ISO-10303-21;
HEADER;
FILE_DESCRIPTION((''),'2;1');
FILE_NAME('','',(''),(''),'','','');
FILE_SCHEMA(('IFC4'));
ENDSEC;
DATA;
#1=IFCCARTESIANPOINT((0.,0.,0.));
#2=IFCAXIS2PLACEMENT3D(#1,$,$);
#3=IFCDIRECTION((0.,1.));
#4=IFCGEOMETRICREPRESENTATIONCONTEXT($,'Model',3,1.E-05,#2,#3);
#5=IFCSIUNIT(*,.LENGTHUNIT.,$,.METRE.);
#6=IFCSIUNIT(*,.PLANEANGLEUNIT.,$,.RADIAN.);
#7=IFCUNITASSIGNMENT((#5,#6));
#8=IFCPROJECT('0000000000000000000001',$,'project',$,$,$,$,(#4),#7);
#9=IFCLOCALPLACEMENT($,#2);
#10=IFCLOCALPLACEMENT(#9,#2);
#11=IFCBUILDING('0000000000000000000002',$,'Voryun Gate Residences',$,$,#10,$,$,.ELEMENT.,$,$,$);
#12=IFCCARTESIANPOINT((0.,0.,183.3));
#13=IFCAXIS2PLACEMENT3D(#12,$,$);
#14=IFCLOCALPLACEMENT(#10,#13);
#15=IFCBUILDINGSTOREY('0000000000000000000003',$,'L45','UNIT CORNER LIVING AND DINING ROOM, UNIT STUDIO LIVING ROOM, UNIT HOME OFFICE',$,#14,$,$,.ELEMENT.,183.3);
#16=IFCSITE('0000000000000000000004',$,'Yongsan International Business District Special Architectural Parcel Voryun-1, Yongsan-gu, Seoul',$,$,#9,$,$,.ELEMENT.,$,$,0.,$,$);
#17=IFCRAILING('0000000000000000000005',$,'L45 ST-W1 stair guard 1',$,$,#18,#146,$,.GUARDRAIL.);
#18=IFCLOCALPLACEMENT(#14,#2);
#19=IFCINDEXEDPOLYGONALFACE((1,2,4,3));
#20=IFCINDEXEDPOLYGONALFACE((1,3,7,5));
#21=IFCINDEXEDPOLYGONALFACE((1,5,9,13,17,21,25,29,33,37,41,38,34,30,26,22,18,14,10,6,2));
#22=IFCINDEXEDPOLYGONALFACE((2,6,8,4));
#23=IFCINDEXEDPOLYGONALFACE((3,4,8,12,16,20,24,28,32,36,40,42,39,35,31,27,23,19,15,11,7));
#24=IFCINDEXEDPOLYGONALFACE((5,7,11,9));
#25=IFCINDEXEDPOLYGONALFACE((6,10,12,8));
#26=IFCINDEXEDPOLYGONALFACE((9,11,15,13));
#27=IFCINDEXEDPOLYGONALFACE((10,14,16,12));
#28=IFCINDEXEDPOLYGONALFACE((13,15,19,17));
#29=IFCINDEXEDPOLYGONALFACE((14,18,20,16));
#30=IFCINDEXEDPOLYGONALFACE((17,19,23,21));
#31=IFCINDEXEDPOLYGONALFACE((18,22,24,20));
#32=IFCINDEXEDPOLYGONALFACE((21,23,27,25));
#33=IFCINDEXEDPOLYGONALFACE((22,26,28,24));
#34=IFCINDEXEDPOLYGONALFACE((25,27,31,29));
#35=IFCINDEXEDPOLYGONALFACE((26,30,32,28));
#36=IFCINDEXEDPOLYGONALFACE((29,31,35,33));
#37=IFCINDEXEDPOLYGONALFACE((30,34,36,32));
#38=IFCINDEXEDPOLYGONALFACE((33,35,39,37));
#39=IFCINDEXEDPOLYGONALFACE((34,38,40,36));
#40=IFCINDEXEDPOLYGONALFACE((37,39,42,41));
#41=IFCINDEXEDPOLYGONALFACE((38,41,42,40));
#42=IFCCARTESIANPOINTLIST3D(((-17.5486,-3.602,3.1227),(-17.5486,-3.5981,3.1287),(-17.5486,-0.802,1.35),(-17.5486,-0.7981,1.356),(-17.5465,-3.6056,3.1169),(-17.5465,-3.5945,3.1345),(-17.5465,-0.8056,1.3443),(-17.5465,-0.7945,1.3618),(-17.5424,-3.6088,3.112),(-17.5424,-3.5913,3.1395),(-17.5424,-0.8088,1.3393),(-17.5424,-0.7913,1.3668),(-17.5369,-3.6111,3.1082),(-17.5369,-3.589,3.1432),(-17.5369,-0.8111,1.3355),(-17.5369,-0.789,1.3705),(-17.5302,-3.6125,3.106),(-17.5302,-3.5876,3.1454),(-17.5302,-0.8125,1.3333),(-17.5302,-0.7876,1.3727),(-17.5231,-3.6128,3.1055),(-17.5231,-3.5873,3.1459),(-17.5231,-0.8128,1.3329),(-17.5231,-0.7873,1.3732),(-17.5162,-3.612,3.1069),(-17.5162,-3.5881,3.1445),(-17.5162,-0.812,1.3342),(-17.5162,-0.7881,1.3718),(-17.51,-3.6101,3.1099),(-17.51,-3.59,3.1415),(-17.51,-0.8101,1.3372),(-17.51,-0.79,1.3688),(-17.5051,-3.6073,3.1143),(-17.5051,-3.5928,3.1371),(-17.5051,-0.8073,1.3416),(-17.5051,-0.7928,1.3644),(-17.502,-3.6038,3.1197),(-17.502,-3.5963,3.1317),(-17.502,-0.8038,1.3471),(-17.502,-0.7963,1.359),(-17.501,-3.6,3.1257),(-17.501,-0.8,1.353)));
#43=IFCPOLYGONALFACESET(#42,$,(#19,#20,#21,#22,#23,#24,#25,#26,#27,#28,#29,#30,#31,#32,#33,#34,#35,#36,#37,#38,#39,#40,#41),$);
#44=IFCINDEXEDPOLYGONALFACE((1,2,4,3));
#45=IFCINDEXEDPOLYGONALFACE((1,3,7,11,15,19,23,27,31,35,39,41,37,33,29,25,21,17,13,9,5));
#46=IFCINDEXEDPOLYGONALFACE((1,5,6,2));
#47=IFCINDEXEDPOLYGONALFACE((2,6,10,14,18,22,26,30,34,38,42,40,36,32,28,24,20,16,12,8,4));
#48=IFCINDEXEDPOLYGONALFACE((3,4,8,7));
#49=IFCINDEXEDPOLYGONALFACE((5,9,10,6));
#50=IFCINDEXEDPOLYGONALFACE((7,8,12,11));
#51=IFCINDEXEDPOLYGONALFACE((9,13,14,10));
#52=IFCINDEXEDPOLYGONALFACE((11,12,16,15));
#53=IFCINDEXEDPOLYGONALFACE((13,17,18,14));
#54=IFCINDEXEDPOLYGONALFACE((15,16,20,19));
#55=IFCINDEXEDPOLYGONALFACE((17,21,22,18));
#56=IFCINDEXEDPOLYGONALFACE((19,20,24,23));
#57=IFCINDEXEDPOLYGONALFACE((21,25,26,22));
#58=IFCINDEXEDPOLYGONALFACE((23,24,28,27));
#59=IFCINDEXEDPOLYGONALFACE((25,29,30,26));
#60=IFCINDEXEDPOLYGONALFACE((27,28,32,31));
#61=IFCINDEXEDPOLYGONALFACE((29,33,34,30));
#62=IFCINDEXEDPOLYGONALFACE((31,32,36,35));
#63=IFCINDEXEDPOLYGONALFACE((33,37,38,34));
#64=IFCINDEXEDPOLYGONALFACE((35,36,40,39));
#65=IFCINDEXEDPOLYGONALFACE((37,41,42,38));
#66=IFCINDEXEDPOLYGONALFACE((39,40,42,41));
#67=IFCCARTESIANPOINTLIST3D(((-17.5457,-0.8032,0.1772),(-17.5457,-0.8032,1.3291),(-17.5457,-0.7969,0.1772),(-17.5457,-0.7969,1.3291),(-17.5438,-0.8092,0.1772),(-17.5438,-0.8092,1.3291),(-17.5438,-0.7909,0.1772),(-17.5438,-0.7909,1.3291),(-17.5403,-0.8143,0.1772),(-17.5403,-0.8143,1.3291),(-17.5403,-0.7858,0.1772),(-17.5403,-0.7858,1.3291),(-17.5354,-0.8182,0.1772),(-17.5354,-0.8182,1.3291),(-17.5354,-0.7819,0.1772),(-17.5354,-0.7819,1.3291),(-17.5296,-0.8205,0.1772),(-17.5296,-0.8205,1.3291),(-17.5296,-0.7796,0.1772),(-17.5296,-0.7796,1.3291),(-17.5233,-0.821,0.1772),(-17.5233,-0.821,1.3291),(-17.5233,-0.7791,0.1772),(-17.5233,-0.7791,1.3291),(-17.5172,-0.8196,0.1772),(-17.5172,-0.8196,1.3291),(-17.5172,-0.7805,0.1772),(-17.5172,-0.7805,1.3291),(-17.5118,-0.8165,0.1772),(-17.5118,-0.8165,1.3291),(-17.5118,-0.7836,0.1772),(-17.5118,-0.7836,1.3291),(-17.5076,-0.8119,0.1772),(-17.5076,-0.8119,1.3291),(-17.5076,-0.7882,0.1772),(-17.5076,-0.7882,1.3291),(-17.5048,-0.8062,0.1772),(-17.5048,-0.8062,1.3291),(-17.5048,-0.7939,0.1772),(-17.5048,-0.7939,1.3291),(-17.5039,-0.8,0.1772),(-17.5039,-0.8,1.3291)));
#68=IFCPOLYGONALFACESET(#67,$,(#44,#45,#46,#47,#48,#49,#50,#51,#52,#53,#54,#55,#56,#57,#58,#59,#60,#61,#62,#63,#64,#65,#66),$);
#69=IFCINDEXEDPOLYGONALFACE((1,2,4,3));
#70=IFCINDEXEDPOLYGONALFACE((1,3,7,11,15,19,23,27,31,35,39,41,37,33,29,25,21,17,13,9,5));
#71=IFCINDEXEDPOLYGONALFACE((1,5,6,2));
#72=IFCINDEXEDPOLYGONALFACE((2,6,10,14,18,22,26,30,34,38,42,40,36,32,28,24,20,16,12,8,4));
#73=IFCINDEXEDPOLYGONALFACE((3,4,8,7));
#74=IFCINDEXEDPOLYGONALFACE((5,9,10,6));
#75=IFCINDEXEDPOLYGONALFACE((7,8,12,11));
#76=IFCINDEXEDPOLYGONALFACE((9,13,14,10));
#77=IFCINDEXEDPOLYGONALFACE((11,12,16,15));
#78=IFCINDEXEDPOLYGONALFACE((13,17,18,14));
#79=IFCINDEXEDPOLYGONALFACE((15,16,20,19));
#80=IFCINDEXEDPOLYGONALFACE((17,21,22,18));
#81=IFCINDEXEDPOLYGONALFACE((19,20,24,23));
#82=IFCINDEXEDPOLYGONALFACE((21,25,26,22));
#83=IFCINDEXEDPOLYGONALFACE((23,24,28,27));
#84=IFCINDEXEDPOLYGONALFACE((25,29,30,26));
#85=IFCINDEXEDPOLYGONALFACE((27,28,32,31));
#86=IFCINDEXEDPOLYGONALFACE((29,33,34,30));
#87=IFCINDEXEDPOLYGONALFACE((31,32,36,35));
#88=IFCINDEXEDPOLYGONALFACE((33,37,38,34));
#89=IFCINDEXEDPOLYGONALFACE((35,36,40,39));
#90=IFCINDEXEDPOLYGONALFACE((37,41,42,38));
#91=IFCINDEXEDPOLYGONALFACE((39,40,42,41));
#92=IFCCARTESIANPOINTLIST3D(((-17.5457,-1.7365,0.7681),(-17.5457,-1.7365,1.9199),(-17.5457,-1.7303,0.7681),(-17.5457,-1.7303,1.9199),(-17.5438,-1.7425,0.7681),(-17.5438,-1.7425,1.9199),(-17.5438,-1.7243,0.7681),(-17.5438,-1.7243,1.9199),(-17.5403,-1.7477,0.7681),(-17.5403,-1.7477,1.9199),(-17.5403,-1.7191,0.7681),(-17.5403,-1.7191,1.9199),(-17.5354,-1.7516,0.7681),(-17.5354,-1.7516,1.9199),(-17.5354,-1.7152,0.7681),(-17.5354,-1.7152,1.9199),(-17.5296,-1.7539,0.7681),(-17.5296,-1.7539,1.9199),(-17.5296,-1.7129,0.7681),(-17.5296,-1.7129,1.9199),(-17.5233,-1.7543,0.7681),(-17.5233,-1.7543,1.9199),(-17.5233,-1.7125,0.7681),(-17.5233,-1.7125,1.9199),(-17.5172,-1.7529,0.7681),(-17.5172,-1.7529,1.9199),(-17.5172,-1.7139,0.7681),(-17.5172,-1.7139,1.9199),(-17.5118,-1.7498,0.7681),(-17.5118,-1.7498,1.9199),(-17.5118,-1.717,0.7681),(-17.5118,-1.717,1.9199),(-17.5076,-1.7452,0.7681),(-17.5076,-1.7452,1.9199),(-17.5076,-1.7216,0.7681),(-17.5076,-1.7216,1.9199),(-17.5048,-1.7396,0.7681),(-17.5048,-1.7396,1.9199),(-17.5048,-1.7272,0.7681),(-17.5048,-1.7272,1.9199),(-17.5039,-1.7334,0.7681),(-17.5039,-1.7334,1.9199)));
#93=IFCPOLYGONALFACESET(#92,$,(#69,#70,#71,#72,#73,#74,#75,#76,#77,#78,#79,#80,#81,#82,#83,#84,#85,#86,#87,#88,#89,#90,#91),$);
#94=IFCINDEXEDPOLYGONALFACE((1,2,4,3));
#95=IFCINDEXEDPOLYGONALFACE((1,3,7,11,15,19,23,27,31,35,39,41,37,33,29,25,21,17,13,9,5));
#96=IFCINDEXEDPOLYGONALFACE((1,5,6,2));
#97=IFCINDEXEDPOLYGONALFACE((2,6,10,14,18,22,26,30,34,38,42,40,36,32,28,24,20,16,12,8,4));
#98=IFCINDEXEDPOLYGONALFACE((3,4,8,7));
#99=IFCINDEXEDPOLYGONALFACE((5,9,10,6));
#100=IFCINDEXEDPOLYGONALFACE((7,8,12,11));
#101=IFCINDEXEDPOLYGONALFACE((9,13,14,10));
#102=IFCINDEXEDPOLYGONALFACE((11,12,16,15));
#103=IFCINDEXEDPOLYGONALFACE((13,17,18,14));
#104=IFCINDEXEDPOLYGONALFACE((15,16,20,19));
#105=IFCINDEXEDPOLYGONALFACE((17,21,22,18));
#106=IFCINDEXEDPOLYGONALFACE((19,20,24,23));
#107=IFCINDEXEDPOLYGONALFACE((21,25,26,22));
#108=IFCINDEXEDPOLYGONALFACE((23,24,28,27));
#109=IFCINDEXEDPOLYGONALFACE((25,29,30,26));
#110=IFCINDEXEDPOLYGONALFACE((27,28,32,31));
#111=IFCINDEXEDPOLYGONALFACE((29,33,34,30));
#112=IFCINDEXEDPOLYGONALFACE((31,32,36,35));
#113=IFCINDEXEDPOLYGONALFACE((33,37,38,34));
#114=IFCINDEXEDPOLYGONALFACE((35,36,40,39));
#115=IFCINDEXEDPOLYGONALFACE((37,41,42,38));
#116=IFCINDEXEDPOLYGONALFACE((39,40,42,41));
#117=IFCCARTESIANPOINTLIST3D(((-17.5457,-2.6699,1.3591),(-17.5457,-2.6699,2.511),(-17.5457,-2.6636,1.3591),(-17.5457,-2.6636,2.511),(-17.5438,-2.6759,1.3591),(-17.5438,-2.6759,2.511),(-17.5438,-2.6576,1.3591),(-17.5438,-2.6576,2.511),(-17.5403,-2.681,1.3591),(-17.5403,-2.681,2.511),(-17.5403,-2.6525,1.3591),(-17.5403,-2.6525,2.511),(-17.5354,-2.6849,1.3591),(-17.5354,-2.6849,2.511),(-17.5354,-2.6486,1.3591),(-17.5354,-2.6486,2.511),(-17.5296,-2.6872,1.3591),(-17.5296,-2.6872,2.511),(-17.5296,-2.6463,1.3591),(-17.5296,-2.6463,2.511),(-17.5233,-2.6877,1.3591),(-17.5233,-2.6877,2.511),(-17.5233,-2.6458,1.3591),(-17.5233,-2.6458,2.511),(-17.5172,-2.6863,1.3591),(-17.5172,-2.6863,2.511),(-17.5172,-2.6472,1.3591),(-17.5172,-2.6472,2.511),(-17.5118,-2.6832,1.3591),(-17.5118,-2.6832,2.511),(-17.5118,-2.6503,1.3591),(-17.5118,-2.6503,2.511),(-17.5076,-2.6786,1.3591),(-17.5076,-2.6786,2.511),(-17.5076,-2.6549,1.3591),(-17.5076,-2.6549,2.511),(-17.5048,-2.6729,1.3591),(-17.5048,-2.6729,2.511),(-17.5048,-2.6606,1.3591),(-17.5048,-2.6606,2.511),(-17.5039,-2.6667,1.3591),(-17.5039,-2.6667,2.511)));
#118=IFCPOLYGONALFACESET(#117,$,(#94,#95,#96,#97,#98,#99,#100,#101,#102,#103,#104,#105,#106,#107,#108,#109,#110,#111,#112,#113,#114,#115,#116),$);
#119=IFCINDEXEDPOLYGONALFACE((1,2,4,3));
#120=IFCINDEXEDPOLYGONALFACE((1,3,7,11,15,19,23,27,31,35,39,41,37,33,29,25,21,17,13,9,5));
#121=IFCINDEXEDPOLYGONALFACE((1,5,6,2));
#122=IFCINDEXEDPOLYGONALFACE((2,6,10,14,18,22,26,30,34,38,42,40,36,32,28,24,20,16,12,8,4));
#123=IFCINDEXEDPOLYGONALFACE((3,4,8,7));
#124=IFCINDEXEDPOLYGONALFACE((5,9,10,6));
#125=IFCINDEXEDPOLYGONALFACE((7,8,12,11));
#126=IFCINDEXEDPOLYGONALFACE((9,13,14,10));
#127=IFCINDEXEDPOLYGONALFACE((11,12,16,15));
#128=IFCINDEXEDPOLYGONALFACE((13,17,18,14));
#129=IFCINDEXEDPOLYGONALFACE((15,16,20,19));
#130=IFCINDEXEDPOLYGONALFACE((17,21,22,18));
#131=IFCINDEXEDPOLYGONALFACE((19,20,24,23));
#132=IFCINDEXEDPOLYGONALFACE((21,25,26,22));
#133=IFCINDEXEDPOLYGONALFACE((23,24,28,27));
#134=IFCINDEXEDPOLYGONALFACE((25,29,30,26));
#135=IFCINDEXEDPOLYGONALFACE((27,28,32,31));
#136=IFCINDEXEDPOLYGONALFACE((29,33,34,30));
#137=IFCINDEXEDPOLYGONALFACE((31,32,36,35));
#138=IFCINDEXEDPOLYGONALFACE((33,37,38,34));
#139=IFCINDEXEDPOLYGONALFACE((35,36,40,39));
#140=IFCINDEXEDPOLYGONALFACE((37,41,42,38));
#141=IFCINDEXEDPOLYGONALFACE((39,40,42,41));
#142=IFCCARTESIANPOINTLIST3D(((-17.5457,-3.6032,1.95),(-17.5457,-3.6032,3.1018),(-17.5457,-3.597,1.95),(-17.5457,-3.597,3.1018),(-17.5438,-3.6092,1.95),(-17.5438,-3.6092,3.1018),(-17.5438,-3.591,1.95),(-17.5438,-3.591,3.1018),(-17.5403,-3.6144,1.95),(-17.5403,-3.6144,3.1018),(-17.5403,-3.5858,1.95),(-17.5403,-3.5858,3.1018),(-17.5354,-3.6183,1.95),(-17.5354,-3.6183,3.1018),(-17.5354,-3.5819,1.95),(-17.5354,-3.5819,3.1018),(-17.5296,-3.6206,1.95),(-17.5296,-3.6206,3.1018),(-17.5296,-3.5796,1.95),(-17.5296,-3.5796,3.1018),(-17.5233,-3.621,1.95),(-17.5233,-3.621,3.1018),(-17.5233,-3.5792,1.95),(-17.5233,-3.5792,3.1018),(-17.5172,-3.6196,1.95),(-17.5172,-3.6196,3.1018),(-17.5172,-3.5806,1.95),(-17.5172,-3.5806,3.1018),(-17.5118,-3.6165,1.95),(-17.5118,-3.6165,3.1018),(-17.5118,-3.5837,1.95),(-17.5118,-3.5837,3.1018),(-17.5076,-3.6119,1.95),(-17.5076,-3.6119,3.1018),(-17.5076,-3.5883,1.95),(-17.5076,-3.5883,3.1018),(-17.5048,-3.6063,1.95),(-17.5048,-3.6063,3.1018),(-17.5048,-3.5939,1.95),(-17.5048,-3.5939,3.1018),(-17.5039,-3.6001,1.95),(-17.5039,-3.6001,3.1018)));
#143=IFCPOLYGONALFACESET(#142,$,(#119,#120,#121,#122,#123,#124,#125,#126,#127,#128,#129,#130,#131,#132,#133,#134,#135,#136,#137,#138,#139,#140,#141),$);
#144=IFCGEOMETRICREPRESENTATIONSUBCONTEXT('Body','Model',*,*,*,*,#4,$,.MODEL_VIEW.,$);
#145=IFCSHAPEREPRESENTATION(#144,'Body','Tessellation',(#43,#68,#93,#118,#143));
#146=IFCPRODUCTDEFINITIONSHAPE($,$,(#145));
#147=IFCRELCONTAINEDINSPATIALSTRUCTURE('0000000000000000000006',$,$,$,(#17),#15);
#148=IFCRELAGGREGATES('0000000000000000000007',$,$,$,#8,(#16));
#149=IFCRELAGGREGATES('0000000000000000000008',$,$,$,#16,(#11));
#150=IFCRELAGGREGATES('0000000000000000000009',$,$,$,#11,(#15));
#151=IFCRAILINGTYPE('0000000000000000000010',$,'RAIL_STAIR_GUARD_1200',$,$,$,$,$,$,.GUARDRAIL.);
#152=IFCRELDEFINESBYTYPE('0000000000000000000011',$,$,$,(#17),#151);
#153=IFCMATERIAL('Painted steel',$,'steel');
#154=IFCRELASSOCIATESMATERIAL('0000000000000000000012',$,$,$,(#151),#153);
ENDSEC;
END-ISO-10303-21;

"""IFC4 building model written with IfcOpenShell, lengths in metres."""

from ifc_helpers import new_model, si_unit, direction, frame, origin, origin_2d, place, context, subcontext, project, spatial, circle, extrude, material, type_object, element, save


model = new_model("IFC4")

# Units and contexts
model_context = context("Model", 3, precision=1e-05, world=origin(), true_north=direction((0.0, 1.0)))
body_context = subcontext(model_context, "Body", "Model", "MODEL_VIEW")
ifc_project = project(units=[si_unit("LENGTHUNIT", "METRE"), si_unit("PLANEANGLEUNIT", "RADIAN")], contexts=[model_context])

# Site, building, storey
site_placement = place(None, origin())
site = spatial("IfcSite", under=ifc_project, at=site_placement, Name="Yongsan International Business District Special Architectural Parcel Voryun-1, Yongsan-gu, Seoul", CompositionType="ELEMENT", RefElevation=0.0)
building_placement = place(site_placement, origin())
building = spatial("IfcBuilding", under=site, at=building_placement, Name="Voryun Gate Residences", CompositionType="ELEMENT")
storey_placement = place(building_placement, frame((0.0, 0.0, 183.3)))
storey = spatial("IfcBuildingStorey", under=building, at=storey_placement, Name="L45", Description="UNIT CORNER LIVING AND DINING ROOM, UNIT STUDIO LIVING ROOM, UNIT HOME OFFICE", CompositionType="ELEMENT", Elevation=183.3)

# Railing
ifc_material_1 = material(Name="Painted steel", Category="steel")
railing_type_1 = type_object("IfcRailingType", Name="RAIL_STAIR_GUARD_1200", PredefinedType="GUARDRAIL", material=ifc_material_1)
railing_1_placement = place(storey_placement, frame((-17.5249, -0.8, 0.1772)))
element("IfcRailing", 1, at=railing_1_placement, inside=storey, type_object=railing_type_1, Name="L45 ST-W1 stair guard 1", PredefinedType="GUARDRAIL", context=body_context, shape_type="SweptSolid", body=[
    extrude(circle(Radius=0.0239, at=origin_2d()), frame((0.0, 0.0, 1.1758), z_axis=(0.0, -0.844909, 0.53491), x_axis=(1.0, 0.0, 0.0)), (0.0, 0.0, 1.0), 3.314),
    extrude(circle(Radius=0.021, at=origin_2d()), origin(), (0.0, 0.0, 1.0), 1.1519),
    extrude(circle(Radius=0.021, at=origin_2d()), frame((0.0, -0.9333, 0.5908)), (0.0, 0.0, 1.0), 1.1519),
    extrude(circle(Radius=0.021, at=origin_2d()), frame((0.0, -1.8667, 1.1819)), (0.0, 0.0, 1.0), 1.1519),
    extrude(circle(Radius=0.021, at=origin_2d()), frame((0.0, -2.8, 1.7727)), (0.0, 0.0, 1.0), 1.1519),
])

save(model, "model.ifc")
